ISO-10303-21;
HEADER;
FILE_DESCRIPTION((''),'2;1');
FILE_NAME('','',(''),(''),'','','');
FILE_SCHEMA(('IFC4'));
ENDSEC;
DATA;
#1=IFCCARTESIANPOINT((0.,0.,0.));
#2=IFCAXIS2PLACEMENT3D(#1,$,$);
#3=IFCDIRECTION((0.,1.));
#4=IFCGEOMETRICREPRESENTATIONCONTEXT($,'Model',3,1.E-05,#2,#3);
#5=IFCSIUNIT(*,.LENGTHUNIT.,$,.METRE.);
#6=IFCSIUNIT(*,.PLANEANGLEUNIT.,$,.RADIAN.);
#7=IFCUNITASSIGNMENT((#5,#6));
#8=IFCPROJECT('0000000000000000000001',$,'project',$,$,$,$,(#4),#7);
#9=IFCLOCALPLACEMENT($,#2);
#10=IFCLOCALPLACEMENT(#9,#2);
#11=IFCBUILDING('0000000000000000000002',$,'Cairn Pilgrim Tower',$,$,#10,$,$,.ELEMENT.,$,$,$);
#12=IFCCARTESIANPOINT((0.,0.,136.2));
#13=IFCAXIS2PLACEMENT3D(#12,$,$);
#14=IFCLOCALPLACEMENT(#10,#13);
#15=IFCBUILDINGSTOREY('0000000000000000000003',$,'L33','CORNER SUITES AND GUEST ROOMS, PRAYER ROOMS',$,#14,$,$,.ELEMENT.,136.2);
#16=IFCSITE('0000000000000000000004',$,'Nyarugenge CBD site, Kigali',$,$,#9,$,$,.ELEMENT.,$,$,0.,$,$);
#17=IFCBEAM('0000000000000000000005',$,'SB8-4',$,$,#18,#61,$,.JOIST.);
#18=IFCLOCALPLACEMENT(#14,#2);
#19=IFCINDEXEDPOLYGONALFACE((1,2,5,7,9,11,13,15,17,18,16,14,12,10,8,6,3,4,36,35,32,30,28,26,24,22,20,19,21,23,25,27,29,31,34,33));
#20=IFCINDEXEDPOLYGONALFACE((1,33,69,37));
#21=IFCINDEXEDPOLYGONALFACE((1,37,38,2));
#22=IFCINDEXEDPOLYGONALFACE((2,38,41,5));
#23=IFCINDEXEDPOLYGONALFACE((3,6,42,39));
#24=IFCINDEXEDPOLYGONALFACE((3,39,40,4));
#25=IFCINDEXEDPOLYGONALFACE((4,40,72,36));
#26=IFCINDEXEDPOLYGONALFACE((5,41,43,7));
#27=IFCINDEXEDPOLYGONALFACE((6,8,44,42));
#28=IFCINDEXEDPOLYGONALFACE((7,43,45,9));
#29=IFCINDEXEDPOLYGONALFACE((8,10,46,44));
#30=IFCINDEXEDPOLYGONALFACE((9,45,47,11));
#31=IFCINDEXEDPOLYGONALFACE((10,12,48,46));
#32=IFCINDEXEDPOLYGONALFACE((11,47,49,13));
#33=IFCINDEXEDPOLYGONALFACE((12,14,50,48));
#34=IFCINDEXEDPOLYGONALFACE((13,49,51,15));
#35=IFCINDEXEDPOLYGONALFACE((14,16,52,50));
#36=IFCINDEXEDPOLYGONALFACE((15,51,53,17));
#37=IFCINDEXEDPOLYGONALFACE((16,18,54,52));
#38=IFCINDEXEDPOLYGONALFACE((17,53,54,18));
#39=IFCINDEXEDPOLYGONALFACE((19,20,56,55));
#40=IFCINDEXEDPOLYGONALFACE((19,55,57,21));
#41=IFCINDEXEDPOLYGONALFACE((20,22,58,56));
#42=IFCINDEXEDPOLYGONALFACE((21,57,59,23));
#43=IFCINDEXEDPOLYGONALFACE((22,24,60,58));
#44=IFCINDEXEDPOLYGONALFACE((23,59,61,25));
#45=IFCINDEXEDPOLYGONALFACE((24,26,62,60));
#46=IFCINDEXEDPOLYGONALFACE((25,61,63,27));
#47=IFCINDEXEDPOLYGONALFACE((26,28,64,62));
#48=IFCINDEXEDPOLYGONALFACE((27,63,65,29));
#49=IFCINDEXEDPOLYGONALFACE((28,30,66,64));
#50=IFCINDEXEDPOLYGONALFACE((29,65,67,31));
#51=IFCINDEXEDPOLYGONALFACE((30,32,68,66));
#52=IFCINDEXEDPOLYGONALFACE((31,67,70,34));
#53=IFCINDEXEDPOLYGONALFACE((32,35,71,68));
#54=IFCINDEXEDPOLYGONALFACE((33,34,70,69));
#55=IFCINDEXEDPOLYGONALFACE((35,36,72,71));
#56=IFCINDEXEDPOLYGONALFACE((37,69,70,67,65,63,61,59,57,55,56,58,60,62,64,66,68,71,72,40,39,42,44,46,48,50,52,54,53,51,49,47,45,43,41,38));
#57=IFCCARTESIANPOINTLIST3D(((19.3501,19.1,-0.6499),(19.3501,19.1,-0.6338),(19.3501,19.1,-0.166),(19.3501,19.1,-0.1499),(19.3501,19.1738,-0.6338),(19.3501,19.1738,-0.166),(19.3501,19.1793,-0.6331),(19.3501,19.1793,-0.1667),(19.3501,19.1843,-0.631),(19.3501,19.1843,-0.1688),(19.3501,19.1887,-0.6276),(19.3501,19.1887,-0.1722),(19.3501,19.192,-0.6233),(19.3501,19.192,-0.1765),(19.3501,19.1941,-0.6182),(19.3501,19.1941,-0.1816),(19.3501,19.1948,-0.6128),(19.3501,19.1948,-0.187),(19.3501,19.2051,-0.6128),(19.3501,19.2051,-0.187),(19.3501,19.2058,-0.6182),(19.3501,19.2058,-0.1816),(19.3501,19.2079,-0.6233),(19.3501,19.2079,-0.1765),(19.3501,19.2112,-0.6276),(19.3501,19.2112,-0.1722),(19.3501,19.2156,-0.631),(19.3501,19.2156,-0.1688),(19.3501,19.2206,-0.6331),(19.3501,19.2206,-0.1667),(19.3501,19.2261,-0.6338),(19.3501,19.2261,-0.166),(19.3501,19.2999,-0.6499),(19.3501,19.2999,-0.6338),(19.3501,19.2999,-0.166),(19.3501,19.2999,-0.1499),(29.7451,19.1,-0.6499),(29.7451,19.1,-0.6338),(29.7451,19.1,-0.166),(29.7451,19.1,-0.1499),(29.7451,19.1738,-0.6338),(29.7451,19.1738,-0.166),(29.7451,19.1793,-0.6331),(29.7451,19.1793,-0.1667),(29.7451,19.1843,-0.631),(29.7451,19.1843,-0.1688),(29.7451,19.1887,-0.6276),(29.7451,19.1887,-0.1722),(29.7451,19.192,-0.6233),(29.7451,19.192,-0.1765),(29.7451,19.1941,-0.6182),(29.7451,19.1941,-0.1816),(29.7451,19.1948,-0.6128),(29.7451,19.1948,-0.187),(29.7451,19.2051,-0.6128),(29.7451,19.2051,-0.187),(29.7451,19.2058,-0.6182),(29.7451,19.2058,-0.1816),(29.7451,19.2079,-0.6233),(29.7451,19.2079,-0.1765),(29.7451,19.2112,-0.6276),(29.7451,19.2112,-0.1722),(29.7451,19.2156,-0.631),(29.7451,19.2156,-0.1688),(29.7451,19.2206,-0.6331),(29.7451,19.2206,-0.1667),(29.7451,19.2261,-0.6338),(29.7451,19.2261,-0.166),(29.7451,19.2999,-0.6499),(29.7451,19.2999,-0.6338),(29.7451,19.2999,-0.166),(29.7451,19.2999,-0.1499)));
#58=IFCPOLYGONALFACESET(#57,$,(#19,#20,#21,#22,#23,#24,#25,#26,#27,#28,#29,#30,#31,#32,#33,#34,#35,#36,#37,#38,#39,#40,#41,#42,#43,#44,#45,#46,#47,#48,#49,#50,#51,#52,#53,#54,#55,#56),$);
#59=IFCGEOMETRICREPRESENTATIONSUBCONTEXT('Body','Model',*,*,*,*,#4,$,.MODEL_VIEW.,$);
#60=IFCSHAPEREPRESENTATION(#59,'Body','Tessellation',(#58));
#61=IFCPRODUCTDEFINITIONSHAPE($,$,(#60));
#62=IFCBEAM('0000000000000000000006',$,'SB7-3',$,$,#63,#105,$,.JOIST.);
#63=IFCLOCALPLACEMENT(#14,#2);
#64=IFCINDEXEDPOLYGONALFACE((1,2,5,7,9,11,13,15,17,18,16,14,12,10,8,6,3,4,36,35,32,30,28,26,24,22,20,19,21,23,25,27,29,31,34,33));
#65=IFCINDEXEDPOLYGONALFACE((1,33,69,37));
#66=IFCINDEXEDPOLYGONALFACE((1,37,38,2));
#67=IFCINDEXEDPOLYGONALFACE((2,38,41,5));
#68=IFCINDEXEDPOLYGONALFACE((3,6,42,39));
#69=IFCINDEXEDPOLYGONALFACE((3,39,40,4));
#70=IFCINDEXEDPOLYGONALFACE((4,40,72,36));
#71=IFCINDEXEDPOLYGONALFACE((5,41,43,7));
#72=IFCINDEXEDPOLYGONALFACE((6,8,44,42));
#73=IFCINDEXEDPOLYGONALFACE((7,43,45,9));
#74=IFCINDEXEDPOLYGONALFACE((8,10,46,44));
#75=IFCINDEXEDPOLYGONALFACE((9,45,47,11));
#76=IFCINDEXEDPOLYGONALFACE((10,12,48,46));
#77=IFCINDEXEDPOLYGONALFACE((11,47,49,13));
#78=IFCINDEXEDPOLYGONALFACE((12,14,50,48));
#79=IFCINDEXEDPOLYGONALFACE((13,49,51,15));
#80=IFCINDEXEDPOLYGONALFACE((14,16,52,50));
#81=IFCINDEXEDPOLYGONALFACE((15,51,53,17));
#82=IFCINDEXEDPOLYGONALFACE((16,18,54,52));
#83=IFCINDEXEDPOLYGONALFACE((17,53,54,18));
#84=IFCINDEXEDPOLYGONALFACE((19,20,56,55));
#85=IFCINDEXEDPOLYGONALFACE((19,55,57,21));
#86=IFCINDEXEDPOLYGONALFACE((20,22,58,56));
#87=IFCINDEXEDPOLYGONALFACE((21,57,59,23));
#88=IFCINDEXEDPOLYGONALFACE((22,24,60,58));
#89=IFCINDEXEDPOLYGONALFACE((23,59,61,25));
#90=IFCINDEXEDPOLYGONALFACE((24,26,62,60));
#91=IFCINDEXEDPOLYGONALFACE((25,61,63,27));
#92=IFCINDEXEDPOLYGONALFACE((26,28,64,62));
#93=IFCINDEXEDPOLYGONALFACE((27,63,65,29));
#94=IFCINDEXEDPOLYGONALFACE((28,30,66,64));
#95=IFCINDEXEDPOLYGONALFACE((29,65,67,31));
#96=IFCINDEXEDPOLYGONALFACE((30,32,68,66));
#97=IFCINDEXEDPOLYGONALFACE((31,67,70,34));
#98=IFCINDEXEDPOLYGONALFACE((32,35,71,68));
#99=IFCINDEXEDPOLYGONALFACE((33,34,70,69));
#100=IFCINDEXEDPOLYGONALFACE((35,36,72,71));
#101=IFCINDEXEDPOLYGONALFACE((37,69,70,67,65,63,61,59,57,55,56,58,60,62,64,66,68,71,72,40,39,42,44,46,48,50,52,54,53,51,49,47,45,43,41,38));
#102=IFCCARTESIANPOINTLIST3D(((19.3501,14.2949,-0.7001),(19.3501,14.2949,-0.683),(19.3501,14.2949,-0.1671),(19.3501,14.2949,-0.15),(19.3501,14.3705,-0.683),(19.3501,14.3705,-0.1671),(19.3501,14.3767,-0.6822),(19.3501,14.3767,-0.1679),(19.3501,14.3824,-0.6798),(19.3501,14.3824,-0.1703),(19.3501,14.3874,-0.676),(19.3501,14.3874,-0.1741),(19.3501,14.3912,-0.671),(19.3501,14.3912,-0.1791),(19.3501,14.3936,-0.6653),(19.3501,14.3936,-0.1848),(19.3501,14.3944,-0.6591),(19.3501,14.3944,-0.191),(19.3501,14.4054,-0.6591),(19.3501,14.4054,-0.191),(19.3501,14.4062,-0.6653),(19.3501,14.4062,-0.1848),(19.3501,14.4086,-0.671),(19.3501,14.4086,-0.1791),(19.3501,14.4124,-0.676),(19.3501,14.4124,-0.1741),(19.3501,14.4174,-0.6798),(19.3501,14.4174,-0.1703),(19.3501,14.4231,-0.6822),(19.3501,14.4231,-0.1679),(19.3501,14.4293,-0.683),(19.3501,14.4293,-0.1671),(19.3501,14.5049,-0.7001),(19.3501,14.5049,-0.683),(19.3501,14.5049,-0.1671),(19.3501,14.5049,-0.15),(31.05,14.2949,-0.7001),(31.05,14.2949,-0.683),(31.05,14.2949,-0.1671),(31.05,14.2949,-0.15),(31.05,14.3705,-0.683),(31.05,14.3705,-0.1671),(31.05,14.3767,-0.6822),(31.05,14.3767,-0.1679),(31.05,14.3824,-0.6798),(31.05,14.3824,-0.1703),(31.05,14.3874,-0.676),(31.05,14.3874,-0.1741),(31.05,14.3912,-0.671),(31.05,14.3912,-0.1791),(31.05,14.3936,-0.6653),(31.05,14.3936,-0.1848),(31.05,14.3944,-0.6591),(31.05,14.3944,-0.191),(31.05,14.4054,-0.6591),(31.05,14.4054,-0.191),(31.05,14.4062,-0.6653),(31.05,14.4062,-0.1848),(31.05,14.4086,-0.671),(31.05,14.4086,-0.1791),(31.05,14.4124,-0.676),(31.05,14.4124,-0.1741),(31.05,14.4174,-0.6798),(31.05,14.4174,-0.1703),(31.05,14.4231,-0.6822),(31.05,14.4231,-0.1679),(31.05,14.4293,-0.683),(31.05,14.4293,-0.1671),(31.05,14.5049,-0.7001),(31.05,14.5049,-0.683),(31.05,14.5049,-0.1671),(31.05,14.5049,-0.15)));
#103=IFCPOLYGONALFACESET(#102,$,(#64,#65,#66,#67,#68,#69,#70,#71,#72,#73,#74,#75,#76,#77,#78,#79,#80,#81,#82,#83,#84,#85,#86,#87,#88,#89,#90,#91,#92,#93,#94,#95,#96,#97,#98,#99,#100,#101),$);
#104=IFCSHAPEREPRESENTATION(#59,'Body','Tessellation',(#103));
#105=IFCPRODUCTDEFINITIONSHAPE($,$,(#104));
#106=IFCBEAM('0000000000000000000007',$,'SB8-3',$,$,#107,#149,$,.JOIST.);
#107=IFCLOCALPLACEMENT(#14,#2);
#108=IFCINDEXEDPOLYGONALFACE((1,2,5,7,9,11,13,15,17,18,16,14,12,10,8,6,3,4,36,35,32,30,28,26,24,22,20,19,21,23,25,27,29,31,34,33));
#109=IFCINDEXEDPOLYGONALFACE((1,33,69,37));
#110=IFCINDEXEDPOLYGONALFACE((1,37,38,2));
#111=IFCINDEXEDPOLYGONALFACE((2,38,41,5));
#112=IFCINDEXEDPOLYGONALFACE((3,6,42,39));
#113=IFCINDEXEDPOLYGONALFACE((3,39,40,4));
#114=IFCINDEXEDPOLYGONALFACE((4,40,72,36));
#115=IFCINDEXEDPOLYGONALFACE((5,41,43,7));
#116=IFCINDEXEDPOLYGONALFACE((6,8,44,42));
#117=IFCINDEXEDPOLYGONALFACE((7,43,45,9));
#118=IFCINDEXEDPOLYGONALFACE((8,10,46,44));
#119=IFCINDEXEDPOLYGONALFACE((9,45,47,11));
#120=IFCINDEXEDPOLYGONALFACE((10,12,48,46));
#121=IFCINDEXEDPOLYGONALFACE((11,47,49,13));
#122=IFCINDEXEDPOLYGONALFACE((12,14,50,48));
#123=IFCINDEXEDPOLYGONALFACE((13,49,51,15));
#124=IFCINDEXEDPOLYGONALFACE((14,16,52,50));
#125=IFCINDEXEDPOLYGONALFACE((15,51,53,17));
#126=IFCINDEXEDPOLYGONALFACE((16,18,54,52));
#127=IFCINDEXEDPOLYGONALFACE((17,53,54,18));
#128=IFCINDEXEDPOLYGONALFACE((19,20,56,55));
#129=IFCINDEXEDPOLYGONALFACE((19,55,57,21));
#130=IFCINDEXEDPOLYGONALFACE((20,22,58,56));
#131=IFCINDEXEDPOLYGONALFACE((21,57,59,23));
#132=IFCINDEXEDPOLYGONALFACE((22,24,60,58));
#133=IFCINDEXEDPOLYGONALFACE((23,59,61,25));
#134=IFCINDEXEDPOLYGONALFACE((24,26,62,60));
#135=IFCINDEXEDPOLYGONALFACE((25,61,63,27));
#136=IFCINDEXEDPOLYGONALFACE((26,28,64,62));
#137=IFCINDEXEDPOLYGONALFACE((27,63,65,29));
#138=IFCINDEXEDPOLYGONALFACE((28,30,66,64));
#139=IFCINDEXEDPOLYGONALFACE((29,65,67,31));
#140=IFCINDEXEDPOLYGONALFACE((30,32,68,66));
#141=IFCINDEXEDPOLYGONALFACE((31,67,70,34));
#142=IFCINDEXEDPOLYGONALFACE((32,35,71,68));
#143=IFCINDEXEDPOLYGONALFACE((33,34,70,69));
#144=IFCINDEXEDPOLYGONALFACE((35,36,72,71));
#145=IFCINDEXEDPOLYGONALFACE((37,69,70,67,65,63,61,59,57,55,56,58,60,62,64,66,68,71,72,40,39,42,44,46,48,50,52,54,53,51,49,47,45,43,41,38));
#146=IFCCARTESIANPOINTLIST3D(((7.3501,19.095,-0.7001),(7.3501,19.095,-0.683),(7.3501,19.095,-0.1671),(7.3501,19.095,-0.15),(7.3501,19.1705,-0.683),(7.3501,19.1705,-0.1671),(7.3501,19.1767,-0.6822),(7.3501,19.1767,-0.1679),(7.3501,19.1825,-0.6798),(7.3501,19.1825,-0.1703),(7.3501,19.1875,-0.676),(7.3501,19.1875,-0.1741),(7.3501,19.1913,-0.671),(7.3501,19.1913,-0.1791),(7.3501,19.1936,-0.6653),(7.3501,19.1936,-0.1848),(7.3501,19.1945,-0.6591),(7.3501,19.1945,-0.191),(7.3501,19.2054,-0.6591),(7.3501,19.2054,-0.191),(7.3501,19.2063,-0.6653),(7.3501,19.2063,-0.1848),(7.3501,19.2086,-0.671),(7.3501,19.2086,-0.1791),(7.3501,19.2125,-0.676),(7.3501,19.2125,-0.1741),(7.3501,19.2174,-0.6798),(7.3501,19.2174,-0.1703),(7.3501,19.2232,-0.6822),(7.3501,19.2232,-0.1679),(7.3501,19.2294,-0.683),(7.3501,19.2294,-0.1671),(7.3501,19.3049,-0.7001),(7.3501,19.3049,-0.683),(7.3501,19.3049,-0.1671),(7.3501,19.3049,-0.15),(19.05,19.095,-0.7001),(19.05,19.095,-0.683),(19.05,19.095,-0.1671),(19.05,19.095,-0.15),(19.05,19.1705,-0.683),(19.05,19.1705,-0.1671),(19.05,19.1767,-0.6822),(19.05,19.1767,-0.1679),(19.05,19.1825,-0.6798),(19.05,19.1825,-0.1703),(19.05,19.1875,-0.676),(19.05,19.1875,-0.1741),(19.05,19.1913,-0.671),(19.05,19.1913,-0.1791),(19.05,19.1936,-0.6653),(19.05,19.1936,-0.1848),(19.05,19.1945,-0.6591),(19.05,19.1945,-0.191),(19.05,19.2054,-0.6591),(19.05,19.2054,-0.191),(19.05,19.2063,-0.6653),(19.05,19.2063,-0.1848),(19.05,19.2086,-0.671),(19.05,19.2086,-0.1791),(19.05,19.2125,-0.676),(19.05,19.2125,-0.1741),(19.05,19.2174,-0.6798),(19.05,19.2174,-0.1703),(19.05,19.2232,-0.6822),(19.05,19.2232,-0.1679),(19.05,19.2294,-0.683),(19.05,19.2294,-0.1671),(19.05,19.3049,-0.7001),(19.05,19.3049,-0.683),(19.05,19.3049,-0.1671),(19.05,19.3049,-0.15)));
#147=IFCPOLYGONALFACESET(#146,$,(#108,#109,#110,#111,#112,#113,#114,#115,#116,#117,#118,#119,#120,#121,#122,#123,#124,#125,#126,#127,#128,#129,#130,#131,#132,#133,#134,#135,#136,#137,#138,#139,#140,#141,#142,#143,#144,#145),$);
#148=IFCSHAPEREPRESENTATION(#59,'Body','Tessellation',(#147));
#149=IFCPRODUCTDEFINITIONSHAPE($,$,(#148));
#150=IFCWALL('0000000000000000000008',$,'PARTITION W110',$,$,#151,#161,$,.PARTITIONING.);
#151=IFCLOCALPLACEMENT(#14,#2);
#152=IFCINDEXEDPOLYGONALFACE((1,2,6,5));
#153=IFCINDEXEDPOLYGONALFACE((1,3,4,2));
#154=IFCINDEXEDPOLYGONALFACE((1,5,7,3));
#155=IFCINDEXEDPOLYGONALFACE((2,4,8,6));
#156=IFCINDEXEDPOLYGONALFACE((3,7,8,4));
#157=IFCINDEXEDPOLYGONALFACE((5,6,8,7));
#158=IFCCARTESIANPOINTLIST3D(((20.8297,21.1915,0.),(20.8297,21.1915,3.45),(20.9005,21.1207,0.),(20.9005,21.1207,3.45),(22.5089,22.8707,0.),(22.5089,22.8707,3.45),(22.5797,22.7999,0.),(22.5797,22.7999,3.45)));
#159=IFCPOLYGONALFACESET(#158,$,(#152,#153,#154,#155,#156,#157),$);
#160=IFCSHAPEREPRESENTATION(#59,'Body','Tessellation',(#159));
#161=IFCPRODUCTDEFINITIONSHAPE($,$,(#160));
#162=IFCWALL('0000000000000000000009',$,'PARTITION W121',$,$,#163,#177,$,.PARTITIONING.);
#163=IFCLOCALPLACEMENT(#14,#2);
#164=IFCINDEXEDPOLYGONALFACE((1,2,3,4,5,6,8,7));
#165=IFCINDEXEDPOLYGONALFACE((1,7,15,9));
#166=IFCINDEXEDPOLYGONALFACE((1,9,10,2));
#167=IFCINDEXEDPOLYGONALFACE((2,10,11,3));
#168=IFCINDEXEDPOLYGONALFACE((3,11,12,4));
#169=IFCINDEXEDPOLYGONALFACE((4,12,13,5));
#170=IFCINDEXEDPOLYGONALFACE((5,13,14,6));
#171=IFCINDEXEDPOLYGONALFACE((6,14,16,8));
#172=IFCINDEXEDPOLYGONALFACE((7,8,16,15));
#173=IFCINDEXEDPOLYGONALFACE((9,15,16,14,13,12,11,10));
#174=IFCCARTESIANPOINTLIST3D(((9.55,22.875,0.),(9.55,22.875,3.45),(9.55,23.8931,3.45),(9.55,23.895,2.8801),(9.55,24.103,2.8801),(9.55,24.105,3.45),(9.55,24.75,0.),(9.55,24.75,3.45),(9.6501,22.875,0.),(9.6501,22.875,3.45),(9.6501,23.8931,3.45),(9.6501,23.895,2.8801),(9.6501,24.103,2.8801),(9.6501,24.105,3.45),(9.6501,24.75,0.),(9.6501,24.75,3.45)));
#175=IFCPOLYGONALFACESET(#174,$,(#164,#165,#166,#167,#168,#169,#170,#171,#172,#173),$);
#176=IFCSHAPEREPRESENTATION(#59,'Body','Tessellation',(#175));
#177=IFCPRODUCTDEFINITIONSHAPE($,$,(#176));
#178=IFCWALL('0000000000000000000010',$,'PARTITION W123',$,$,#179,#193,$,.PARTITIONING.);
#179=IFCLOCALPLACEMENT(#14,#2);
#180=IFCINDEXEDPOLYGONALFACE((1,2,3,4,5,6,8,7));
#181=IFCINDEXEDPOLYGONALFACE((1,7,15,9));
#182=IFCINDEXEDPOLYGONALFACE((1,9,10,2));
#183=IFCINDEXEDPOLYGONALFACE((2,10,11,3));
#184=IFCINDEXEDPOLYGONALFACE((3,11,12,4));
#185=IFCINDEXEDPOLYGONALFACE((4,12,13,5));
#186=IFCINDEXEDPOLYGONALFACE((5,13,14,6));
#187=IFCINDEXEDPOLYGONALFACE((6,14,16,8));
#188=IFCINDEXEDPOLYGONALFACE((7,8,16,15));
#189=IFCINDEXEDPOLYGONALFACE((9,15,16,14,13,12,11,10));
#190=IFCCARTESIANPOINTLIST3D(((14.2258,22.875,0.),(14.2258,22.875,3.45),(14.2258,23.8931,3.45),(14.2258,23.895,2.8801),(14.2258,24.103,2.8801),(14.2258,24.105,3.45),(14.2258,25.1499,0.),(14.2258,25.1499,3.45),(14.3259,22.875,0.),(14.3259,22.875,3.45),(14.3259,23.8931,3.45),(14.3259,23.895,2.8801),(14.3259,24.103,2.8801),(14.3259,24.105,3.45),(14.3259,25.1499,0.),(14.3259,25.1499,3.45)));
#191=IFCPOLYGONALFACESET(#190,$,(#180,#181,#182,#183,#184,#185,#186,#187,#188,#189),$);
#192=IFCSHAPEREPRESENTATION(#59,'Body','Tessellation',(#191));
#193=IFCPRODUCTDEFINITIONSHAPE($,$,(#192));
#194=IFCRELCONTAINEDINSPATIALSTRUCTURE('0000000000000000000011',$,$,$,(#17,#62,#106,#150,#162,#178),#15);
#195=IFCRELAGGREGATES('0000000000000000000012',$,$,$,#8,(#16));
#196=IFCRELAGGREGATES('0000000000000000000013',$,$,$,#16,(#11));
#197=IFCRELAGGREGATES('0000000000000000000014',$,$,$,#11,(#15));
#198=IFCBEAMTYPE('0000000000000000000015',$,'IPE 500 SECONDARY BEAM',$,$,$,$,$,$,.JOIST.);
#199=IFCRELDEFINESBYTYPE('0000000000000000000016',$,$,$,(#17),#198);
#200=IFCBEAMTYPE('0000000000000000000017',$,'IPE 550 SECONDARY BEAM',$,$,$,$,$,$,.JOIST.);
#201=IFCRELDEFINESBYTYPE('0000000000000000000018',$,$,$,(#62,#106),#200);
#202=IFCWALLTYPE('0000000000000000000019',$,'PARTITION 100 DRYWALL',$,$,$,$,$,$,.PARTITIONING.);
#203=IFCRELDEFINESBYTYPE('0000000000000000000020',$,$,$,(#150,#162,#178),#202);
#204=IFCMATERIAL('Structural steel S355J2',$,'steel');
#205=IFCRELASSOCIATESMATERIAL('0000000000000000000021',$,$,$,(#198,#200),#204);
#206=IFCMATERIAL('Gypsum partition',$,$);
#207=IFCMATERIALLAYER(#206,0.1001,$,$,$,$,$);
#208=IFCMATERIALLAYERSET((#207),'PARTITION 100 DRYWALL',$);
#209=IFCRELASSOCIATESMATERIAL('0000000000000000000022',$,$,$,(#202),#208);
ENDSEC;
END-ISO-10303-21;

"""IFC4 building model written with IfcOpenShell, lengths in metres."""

from ifc_helpers import new_model, si_unit, direction, frame, frame_2d, origin, origin_2d, place, context, subcontext, project, spatial, polyline, rectangle, i_section, outline, extrude, material, layer, layer_set, material_profile, profile_set, type_object, element, save


model = new_model("IFC4")

# Units and contexts
model_context = context("Model", 3, precision=1e-05, world=origin(), true_north=direction((0.0, 1.0)))
body_context = subcontext(model_context, "Body", "Model", "MODEL_VIEW")
ifc_project = project(units=[si_unit("LENGTHUNIT", "METRE"), si_unit("PLANEANGLEUNIT", "RADIAN")], contexts=[model_context])

# Site, building, storey
site_placement = place(None, origin())
site = spatial("IfcSite", under=ifc_project, at=site_placement, Name="Nyarugenge CBD site, Kigali", CompositionType="ELEMENT", RefElevation=0.0)
building_placement = place(site_placement, origin())
building = spatial("IfcBuilding", under=site, at=building_placement, Name="Cairn Pilgrim Tower", CompositionType="ELEMENT")
storey_placement = place(building_placement, frame((0.0, 0.0, 136.2)))
storey = spatial("IfcBuildingStorey", under=building, at=storey_placement, Name="L33", Description="CORNER SUITES AND GUEST ROOMS, PRAYER ROOMS", CompositionType="ELEMENT", Elevation=136.2)

# Beams
ifc_material_1 = material(Name="Structural steel S355J2", Category="steel")
ifc_material_profile_1 = material_profile(ifc_material_1, i_section(OverallWidth=0.2, OverallDepth=0.5, WebThickness=0.0103, FlangeThickness=0.0161, FilletRadius=0.021, at=origin_2d()), Name="IPE 500")
ifc_profile_set_1 = profile_set([ifc_material_profile_1], Name="Structural steel S355J2")
beam_type_1 = type_object("IfcBeamType", Name="IPE 500 SECONDARY BEAM", PredefinedType="JOIST", material=ifc_profile_set_1)
beam_placement = place(storey_placement, frame((19.3501, 19.2, -0.3999), z_axis=(1.0, 0.0, 0.0), x_axis=(0.0, 1.0, 0.0)))
element("IfcBeam", 1, at=beam_placement, inside=storey, type_object=beam_type_1, Name="SB8-4", PredefinedType="JOIST", context=body_context, shape_type="SweptSolid", body=[
    extrude(i_section(OverallWidth=0.2, OverallDepth=0.5, WebThickness=0.0103, FlangeThickness=0.0161, FilletRadius=0.021, at=origin_2d()), origin(), (0.0, 0.0, 1.0), 10.395),
])
ifc_material_profile_2 = material_profile(ifc_material_1, i_section(OverallWidth=0.21, OverallDepth=0.55, WebThickness=0.011, FlangeThickness=0.0171, FilletRadius=0.0239, at=origin_2d()), Name="IPE 550")
ifc_profile_set_2 = profile_set([ifc_material_profile_2], Name="Structural steel S355J2")
beam_type_2 = type_object("IfcBeamType", Name="IPE 550 SECONDARY BEAM", PredefinedType="JOIST", material=ifc_profile_set_2)
for number, where, z_axis, x_axis, name in (
    (2, (19.3501, 14.3999, -0.425), (1.0, 0.0, 0.0), (0.0, 1.0, 0.0), "SB7-3"),
    (3, (7.3501, 19.2, -0.425), (1.0, 0.0, 0.0), (0.0, 1.0, 0.0), "SB8-3"),
):
    element("IfcBeam", number, at=place(storey_placement, frame(where, z_axis=z_axis, x_axis=x_axis)), inside=storey, type_object=beam_type_2, Name=name, PredefinedType="JOIST", context=body_context, shape_type="SweptSolid", body=[
        extrude(i_section(OverallWidth=0.21, OverallDepth=0.55, WebThickness=0.011, FlangeThickness=0.0171, FilletRadius=0.0239, at=origin_2d()), origin(), (0.0, 0.0, 1.0), 11.7),
    ])

# Walls
ifc_material_2 = material(Name="Gypsum partition")
ifc_layer_1 = layer(ifc_material_2, 0.1001)
ifc_layer_set_1 = layer_set([ifc_layer_1], Name="PARTITION 100 DRYWALL")
wall_type_1 = type_object("IfcWallType", Name="PARTITION 100 DRYWALL", PredefinedType="PARTITIONING", material=ifc_layer_set_1)
wall_1_placement = place(storey_placement, frame((20.865, 21.156, 0.0), z_axis=(0.0, 0.0, 1.0), x_axis=(0.707107, 0.707107, 0.0)))
element("IfcWall", 4, at=wall_1_placement, inside=storey, type_object=wall_type_1, Name="PARTITION W110", PredefinedType="PARTITIONING", context=body_context, shape_type="SweptSolid", body=[
    extrude(rectangle(XDim=2.3748, YDim=0.1001, at=frame_2d((1.1875, 0.0))), origin(), (0.0, 0.0, 1.0), 3.45),
])
wall_2_placement = place(storey_placement, frame((9.6001, 22.875, 0.0), z_axis=(0.0, 0.0, 1.0), x_axis=(0.0, 1.0, 0.0)))
element("IfcWall", 5, at=wall_2_placement, inside=storey, type_object=wall_type_1, Name="PARTITION W121", PredefinedType="PARTITIONING", context=body_context, shape_type="SweptSolid", body=[
    extrude(outline(polyline([(0.0, 0.0), (1.875, 0.0), (1.875, 3.45), (1.23, 3.45), (1.228, 2.8801), (1.02, 2.8801), (1.0181, 3.45), (0.0, 3.45), (0.0, 0.0)])), frame((0.0, 0.05, 0.0), z_axis=(0.0, -1.0, 0.0), x_axis=(1.0, 0.0, 0.0)), (0.0, 0.0, 1.0), 0.1001),
])
wall_3_placement = place(storey_placement, frame((14.2759, 22.875, 0.0), z_axis=(0.0, 0.0, 1.0), x_axis=(0.0, 1.0, 0.0)))
element("IfcWall", 6, at=wall_3_placement, inside=storey, type_object=wall_type_1, Name="PARTITION W123", PredefinedType="PARTITIONING", context=body_context, shape_type="SweptSolid", body=[
    extrude(outline(polyline([(0.0, 0.0), (2.2749, 0.0), (2.2749, 3.45), (1.23, 3.45), (1.228, 2.8801), (1.02, 2.8801), (1.0181, 3.45), (0.0, 3.45), (0.0, 0.0)])), frame((0.0, 0.05, 0.0), z_axis=(0.0, -1.0, 0.0), x_axis=(1.0, 0.0, 0.0)), (0.0, 0.0, 1.0), 0.1001),
])

save(model, "model.ifc")
